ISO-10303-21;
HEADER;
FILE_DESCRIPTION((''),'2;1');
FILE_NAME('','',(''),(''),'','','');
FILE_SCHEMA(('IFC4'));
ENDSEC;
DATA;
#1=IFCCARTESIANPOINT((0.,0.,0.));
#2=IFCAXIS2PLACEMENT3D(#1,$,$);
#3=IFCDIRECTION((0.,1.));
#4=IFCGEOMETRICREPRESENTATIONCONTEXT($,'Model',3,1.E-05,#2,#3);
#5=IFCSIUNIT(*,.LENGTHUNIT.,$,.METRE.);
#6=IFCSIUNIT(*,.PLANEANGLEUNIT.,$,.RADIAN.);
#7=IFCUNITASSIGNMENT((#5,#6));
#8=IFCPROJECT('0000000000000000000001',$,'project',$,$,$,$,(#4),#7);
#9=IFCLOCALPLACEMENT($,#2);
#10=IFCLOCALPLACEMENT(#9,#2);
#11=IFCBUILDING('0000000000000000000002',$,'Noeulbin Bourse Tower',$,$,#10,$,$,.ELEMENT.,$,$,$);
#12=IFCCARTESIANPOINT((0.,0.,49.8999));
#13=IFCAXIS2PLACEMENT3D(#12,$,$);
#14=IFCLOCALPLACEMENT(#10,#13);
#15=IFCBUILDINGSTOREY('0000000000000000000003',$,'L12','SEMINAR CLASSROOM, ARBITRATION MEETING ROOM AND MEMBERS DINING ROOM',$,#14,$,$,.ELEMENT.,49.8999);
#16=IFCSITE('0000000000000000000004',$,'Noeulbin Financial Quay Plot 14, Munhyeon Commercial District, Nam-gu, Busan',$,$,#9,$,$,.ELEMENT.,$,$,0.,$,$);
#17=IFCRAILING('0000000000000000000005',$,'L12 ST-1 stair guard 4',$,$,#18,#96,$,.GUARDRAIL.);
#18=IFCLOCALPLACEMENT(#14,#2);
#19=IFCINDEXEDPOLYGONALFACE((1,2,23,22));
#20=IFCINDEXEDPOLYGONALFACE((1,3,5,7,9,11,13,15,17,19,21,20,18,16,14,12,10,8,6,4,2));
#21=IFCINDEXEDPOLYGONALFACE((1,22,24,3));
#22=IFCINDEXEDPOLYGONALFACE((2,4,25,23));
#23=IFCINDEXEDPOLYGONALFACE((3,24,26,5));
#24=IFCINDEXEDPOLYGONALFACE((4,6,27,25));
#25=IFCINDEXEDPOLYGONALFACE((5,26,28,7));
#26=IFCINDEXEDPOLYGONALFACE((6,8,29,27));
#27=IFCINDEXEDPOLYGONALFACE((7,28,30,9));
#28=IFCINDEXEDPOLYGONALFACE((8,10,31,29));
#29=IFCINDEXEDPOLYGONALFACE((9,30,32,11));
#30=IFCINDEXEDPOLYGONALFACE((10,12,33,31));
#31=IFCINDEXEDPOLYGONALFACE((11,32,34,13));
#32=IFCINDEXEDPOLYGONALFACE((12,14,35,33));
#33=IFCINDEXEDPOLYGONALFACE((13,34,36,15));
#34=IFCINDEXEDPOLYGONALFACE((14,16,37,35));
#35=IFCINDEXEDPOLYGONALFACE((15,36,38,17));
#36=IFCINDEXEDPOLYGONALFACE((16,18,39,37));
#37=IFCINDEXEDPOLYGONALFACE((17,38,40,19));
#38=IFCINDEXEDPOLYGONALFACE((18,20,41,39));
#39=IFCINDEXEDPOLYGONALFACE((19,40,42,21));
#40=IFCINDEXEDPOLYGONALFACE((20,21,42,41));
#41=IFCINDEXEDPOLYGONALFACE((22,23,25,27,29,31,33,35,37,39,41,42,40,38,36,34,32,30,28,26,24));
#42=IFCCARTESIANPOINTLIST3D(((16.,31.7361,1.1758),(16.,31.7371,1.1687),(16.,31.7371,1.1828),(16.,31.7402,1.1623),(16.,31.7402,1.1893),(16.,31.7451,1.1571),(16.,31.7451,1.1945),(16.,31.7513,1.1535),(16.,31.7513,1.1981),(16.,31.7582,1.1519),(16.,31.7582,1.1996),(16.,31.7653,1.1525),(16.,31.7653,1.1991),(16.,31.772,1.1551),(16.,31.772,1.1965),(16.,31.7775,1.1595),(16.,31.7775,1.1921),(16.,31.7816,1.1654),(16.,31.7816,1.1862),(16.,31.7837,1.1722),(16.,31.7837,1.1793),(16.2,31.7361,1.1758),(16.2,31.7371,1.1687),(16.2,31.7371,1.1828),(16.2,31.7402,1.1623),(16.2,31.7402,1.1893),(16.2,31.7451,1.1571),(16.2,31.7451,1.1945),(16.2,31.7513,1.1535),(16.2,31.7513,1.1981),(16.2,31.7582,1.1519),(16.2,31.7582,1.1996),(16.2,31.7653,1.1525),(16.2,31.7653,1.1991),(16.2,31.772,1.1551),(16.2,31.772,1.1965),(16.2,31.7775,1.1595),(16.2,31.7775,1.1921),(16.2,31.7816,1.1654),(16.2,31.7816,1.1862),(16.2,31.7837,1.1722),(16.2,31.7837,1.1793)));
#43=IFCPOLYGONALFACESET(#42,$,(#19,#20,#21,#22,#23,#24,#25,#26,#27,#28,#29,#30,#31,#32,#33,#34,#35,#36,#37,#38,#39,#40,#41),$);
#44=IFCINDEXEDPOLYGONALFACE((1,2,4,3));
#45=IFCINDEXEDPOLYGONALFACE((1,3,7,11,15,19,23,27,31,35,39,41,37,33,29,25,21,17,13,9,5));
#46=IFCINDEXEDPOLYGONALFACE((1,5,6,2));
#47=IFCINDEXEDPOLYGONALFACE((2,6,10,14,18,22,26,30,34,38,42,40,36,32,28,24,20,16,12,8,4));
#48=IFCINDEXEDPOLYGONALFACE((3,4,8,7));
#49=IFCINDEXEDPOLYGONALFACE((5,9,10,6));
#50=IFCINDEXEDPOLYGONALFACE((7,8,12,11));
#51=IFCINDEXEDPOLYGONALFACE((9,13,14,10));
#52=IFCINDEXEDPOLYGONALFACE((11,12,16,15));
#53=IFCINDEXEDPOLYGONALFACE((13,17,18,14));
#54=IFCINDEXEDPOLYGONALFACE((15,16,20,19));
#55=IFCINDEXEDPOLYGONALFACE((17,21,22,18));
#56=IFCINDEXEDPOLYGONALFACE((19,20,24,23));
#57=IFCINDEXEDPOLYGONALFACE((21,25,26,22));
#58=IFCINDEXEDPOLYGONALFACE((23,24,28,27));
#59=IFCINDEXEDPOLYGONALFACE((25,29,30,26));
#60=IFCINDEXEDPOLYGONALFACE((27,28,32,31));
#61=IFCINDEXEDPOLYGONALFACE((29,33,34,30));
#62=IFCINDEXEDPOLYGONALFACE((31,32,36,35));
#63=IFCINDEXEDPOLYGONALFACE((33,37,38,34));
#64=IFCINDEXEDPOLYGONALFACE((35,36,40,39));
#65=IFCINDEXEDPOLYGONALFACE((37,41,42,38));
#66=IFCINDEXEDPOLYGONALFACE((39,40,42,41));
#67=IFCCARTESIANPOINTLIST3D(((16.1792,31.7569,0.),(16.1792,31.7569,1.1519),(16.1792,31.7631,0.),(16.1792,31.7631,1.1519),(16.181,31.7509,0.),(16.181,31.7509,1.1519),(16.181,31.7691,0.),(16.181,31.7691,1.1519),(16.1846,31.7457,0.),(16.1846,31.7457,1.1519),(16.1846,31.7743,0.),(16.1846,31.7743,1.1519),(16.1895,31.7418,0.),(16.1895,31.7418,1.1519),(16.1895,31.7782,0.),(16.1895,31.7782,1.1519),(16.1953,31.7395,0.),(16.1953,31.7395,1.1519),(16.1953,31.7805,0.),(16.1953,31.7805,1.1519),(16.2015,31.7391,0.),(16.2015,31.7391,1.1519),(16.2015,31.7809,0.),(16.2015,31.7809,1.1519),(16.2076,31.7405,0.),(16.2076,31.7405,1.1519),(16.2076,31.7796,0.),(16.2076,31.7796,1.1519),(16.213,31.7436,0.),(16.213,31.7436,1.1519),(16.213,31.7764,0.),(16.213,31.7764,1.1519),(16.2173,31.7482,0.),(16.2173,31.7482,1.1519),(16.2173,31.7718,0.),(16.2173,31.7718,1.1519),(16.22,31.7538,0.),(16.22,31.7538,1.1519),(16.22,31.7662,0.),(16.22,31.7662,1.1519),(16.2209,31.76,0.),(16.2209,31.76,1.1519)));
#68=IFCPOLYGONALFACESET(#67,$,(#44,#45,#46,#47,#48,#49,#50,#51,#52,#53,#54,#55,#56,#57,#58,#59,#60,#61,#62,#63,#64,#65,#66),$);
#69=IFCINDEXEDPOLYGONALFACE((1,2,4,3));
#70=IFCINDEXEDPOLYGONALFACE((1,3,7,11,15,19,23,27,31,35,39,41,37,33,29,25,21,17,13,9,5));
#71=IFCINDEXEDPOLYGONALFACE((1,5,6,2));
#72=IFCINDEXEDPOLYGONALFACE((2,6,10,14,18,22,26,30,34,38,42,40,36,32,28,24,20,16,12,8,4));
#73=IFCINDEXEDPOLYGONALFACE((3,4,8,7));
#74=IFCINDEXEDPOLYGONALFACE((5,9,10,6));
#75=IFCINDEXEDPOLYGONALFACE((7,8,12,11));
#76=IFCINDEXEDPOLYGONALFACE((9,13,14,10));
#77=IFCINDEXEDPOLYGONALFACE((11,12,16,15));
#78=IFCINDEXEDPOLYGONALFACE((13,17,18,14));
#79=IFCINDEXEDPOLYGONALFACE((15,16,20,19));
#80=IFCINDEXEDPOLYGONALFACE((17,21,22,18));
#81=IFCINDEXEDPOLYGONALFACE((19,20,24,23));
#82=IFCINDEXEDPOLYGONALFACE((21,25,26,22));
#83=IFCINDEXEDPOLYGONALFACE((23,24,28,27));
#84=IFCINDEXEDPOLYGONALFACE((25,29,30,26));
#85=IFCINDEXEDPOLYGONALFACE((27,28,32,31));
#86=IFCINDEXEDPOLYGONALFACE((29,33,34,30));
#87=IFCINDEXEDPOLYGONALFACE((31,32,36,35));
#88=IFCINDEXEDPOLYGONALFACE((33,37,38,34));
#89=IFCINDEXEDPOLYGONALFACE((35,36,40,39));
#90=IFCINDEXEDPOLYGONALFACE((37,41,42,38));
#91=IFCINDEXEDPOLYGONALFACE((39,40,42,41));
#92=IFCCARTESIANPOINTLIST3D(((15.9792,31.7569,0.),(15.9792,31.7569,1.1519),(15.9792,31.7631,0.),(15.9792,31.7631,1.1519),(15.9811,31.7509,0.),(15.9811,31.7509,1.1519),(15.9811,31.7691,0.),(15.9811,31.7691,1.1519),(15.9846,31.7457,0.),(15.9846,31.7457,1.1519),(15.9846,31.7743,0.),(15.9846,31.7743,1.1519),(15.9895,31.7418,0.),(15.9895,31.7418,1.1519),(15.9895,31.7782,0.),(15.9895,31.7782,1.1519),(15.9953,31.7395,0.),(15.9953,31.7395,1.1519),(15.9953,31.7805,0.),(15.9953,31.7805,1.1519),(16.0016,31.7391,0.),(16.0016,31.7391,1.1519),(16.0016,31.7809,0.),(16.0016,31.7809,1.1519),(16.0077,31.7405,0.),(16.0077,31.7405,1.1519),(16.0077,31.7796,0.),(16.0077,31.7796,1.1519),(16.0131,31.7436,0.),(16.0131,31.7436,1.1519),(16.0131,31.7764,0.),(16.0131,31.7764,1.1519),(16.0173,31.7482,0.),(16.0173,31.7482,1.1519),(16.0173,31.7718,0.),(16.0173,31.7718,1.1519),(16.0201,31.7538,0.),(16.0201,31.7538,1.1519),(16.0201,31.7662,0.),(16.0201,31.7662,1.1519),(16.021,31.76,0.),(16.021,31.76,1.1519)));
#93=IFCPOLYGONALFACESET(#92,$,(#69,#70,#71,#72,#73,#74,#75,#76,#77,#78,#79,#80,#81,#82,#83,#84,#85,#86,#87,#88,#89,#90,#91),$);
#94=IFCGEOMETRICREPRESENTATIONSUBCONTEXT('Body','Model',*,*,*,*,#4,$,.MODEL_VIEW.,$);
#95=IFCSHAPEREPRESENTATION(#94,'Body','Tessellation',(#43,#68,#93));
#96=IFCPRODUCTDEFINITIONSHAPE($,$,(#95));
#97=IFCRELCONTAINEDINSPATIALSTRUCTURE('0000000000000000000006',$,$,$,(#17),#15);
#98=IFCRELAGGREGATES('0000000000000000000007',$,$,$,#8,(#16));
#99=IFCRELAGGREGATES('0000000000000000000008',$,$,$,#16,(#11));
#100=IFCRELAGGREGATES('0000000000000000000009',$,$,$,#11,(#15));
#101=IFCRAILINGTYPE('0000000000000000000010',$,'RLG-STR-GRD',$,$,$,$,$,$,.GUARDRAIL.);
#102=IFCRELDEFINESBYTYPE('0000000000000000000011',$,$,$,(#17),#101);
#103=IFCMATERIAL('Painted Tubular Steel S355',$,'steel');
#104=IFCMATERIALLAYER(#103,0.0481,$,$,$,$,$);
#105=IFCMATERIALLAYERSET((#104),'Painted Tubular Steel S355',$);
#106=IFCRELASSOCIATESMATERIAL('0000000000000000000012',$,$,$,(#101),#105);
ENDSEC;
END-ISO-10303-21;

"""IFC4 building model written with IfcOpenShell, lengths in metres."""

from ifc_helpers import new_model, si_unit, direction, frame, origin, origin_2d, place, context, subcontext, project, spatial, circle, extrude, material, layer, layer_set, type_object, element, save


model = new_model("IFC4")

# Units and contexts
model_context = context("Model", 3, precision=1e-05, world=origin(), true_north=direction((0.0, 1.0)))
body_context = subcontext(model_context, "Body", "Model", "MODEL_VIEW")
ifc_project = project(units=[si_unit("LENGTHUNIT", "METRE"), si_unit("PLANEANGLEUNIT", "RADIAN")], contexts=[model_context])

# Site, building, storey
site_placement = place(None, origin())
site = spatial("IfcSite", under=ifc_project, at=site_placement, Name="Noeulbin Financial Quay Plot 14, Munhyeon Commercial District, Nam-gu, Busan", CompositionType="ELEMENT", RefElevation=0.0)
building_placement = place(site_placement, origin())
building = spatial("IfcBuilding", under=site, at=building_placement, Name="Noeulbin Bourse Tower", CompositionType="ELEMENT")
storey_placement = place(building_placement, frame((0.0, 0.0, 49.8999)))
storey = spatial("IfcBuildingStorey", under=building, at=storey_placement, Name="L12", Description="SEMINAR CLASSROOM, ARBITRATION MEETING ROOM AND MEMBERS DINING ROOM", CompositionType="ELEMENT", Elevation=49.8999)

# Railing
ifc_material_1 = material(Name="Painted Tubular Steel S355", Category="steel")
ifc_layer_1 = layer(ifc_material_1, 0.0481)
ifc_layer_set_1 = layer_set([ifc_layer_1], Name="Painted Tubular Steel S355")
railing_type_1 = type_object("IfcRailingType", Name="RLG-STR-GRD", PredefinedType="GUARDRAIL", material=ifc_layer_set_1)
railing_1_placement = place(storey_placement, frame((16.2, 31.76, 0.0)))
element("IfcRailing", 1, at=railing_1_placement, inside=storey, type_object=railing_type_1, Name="L12 ST-1 stair guard 4", PredefinedType="GUARDRAIL", context=body_context, shape_type="SweptSolid", body=[
    extrude(circle(Radius=0.0239, at=origin_2d()), frame((0.0, 0.0, 1.1758), z_axis=(-1.0, 0.0, 0.0), x_axis=(0.0, -1.0, 0.0)), (0.0, 0.0, 1.0), 0.2),
    extrude(circle(Radius=0.021, at=origin_2d()), origin(), (0.0, 0.0, 1.0), 1.1519),
    extrude(circle(Radius=0.021, at=origin_2d()), frame((-0.2, 0.0, 0.0)), (0.0, 0.0, 1.0), 1.1519),
])

save(model, "model.ifc")
